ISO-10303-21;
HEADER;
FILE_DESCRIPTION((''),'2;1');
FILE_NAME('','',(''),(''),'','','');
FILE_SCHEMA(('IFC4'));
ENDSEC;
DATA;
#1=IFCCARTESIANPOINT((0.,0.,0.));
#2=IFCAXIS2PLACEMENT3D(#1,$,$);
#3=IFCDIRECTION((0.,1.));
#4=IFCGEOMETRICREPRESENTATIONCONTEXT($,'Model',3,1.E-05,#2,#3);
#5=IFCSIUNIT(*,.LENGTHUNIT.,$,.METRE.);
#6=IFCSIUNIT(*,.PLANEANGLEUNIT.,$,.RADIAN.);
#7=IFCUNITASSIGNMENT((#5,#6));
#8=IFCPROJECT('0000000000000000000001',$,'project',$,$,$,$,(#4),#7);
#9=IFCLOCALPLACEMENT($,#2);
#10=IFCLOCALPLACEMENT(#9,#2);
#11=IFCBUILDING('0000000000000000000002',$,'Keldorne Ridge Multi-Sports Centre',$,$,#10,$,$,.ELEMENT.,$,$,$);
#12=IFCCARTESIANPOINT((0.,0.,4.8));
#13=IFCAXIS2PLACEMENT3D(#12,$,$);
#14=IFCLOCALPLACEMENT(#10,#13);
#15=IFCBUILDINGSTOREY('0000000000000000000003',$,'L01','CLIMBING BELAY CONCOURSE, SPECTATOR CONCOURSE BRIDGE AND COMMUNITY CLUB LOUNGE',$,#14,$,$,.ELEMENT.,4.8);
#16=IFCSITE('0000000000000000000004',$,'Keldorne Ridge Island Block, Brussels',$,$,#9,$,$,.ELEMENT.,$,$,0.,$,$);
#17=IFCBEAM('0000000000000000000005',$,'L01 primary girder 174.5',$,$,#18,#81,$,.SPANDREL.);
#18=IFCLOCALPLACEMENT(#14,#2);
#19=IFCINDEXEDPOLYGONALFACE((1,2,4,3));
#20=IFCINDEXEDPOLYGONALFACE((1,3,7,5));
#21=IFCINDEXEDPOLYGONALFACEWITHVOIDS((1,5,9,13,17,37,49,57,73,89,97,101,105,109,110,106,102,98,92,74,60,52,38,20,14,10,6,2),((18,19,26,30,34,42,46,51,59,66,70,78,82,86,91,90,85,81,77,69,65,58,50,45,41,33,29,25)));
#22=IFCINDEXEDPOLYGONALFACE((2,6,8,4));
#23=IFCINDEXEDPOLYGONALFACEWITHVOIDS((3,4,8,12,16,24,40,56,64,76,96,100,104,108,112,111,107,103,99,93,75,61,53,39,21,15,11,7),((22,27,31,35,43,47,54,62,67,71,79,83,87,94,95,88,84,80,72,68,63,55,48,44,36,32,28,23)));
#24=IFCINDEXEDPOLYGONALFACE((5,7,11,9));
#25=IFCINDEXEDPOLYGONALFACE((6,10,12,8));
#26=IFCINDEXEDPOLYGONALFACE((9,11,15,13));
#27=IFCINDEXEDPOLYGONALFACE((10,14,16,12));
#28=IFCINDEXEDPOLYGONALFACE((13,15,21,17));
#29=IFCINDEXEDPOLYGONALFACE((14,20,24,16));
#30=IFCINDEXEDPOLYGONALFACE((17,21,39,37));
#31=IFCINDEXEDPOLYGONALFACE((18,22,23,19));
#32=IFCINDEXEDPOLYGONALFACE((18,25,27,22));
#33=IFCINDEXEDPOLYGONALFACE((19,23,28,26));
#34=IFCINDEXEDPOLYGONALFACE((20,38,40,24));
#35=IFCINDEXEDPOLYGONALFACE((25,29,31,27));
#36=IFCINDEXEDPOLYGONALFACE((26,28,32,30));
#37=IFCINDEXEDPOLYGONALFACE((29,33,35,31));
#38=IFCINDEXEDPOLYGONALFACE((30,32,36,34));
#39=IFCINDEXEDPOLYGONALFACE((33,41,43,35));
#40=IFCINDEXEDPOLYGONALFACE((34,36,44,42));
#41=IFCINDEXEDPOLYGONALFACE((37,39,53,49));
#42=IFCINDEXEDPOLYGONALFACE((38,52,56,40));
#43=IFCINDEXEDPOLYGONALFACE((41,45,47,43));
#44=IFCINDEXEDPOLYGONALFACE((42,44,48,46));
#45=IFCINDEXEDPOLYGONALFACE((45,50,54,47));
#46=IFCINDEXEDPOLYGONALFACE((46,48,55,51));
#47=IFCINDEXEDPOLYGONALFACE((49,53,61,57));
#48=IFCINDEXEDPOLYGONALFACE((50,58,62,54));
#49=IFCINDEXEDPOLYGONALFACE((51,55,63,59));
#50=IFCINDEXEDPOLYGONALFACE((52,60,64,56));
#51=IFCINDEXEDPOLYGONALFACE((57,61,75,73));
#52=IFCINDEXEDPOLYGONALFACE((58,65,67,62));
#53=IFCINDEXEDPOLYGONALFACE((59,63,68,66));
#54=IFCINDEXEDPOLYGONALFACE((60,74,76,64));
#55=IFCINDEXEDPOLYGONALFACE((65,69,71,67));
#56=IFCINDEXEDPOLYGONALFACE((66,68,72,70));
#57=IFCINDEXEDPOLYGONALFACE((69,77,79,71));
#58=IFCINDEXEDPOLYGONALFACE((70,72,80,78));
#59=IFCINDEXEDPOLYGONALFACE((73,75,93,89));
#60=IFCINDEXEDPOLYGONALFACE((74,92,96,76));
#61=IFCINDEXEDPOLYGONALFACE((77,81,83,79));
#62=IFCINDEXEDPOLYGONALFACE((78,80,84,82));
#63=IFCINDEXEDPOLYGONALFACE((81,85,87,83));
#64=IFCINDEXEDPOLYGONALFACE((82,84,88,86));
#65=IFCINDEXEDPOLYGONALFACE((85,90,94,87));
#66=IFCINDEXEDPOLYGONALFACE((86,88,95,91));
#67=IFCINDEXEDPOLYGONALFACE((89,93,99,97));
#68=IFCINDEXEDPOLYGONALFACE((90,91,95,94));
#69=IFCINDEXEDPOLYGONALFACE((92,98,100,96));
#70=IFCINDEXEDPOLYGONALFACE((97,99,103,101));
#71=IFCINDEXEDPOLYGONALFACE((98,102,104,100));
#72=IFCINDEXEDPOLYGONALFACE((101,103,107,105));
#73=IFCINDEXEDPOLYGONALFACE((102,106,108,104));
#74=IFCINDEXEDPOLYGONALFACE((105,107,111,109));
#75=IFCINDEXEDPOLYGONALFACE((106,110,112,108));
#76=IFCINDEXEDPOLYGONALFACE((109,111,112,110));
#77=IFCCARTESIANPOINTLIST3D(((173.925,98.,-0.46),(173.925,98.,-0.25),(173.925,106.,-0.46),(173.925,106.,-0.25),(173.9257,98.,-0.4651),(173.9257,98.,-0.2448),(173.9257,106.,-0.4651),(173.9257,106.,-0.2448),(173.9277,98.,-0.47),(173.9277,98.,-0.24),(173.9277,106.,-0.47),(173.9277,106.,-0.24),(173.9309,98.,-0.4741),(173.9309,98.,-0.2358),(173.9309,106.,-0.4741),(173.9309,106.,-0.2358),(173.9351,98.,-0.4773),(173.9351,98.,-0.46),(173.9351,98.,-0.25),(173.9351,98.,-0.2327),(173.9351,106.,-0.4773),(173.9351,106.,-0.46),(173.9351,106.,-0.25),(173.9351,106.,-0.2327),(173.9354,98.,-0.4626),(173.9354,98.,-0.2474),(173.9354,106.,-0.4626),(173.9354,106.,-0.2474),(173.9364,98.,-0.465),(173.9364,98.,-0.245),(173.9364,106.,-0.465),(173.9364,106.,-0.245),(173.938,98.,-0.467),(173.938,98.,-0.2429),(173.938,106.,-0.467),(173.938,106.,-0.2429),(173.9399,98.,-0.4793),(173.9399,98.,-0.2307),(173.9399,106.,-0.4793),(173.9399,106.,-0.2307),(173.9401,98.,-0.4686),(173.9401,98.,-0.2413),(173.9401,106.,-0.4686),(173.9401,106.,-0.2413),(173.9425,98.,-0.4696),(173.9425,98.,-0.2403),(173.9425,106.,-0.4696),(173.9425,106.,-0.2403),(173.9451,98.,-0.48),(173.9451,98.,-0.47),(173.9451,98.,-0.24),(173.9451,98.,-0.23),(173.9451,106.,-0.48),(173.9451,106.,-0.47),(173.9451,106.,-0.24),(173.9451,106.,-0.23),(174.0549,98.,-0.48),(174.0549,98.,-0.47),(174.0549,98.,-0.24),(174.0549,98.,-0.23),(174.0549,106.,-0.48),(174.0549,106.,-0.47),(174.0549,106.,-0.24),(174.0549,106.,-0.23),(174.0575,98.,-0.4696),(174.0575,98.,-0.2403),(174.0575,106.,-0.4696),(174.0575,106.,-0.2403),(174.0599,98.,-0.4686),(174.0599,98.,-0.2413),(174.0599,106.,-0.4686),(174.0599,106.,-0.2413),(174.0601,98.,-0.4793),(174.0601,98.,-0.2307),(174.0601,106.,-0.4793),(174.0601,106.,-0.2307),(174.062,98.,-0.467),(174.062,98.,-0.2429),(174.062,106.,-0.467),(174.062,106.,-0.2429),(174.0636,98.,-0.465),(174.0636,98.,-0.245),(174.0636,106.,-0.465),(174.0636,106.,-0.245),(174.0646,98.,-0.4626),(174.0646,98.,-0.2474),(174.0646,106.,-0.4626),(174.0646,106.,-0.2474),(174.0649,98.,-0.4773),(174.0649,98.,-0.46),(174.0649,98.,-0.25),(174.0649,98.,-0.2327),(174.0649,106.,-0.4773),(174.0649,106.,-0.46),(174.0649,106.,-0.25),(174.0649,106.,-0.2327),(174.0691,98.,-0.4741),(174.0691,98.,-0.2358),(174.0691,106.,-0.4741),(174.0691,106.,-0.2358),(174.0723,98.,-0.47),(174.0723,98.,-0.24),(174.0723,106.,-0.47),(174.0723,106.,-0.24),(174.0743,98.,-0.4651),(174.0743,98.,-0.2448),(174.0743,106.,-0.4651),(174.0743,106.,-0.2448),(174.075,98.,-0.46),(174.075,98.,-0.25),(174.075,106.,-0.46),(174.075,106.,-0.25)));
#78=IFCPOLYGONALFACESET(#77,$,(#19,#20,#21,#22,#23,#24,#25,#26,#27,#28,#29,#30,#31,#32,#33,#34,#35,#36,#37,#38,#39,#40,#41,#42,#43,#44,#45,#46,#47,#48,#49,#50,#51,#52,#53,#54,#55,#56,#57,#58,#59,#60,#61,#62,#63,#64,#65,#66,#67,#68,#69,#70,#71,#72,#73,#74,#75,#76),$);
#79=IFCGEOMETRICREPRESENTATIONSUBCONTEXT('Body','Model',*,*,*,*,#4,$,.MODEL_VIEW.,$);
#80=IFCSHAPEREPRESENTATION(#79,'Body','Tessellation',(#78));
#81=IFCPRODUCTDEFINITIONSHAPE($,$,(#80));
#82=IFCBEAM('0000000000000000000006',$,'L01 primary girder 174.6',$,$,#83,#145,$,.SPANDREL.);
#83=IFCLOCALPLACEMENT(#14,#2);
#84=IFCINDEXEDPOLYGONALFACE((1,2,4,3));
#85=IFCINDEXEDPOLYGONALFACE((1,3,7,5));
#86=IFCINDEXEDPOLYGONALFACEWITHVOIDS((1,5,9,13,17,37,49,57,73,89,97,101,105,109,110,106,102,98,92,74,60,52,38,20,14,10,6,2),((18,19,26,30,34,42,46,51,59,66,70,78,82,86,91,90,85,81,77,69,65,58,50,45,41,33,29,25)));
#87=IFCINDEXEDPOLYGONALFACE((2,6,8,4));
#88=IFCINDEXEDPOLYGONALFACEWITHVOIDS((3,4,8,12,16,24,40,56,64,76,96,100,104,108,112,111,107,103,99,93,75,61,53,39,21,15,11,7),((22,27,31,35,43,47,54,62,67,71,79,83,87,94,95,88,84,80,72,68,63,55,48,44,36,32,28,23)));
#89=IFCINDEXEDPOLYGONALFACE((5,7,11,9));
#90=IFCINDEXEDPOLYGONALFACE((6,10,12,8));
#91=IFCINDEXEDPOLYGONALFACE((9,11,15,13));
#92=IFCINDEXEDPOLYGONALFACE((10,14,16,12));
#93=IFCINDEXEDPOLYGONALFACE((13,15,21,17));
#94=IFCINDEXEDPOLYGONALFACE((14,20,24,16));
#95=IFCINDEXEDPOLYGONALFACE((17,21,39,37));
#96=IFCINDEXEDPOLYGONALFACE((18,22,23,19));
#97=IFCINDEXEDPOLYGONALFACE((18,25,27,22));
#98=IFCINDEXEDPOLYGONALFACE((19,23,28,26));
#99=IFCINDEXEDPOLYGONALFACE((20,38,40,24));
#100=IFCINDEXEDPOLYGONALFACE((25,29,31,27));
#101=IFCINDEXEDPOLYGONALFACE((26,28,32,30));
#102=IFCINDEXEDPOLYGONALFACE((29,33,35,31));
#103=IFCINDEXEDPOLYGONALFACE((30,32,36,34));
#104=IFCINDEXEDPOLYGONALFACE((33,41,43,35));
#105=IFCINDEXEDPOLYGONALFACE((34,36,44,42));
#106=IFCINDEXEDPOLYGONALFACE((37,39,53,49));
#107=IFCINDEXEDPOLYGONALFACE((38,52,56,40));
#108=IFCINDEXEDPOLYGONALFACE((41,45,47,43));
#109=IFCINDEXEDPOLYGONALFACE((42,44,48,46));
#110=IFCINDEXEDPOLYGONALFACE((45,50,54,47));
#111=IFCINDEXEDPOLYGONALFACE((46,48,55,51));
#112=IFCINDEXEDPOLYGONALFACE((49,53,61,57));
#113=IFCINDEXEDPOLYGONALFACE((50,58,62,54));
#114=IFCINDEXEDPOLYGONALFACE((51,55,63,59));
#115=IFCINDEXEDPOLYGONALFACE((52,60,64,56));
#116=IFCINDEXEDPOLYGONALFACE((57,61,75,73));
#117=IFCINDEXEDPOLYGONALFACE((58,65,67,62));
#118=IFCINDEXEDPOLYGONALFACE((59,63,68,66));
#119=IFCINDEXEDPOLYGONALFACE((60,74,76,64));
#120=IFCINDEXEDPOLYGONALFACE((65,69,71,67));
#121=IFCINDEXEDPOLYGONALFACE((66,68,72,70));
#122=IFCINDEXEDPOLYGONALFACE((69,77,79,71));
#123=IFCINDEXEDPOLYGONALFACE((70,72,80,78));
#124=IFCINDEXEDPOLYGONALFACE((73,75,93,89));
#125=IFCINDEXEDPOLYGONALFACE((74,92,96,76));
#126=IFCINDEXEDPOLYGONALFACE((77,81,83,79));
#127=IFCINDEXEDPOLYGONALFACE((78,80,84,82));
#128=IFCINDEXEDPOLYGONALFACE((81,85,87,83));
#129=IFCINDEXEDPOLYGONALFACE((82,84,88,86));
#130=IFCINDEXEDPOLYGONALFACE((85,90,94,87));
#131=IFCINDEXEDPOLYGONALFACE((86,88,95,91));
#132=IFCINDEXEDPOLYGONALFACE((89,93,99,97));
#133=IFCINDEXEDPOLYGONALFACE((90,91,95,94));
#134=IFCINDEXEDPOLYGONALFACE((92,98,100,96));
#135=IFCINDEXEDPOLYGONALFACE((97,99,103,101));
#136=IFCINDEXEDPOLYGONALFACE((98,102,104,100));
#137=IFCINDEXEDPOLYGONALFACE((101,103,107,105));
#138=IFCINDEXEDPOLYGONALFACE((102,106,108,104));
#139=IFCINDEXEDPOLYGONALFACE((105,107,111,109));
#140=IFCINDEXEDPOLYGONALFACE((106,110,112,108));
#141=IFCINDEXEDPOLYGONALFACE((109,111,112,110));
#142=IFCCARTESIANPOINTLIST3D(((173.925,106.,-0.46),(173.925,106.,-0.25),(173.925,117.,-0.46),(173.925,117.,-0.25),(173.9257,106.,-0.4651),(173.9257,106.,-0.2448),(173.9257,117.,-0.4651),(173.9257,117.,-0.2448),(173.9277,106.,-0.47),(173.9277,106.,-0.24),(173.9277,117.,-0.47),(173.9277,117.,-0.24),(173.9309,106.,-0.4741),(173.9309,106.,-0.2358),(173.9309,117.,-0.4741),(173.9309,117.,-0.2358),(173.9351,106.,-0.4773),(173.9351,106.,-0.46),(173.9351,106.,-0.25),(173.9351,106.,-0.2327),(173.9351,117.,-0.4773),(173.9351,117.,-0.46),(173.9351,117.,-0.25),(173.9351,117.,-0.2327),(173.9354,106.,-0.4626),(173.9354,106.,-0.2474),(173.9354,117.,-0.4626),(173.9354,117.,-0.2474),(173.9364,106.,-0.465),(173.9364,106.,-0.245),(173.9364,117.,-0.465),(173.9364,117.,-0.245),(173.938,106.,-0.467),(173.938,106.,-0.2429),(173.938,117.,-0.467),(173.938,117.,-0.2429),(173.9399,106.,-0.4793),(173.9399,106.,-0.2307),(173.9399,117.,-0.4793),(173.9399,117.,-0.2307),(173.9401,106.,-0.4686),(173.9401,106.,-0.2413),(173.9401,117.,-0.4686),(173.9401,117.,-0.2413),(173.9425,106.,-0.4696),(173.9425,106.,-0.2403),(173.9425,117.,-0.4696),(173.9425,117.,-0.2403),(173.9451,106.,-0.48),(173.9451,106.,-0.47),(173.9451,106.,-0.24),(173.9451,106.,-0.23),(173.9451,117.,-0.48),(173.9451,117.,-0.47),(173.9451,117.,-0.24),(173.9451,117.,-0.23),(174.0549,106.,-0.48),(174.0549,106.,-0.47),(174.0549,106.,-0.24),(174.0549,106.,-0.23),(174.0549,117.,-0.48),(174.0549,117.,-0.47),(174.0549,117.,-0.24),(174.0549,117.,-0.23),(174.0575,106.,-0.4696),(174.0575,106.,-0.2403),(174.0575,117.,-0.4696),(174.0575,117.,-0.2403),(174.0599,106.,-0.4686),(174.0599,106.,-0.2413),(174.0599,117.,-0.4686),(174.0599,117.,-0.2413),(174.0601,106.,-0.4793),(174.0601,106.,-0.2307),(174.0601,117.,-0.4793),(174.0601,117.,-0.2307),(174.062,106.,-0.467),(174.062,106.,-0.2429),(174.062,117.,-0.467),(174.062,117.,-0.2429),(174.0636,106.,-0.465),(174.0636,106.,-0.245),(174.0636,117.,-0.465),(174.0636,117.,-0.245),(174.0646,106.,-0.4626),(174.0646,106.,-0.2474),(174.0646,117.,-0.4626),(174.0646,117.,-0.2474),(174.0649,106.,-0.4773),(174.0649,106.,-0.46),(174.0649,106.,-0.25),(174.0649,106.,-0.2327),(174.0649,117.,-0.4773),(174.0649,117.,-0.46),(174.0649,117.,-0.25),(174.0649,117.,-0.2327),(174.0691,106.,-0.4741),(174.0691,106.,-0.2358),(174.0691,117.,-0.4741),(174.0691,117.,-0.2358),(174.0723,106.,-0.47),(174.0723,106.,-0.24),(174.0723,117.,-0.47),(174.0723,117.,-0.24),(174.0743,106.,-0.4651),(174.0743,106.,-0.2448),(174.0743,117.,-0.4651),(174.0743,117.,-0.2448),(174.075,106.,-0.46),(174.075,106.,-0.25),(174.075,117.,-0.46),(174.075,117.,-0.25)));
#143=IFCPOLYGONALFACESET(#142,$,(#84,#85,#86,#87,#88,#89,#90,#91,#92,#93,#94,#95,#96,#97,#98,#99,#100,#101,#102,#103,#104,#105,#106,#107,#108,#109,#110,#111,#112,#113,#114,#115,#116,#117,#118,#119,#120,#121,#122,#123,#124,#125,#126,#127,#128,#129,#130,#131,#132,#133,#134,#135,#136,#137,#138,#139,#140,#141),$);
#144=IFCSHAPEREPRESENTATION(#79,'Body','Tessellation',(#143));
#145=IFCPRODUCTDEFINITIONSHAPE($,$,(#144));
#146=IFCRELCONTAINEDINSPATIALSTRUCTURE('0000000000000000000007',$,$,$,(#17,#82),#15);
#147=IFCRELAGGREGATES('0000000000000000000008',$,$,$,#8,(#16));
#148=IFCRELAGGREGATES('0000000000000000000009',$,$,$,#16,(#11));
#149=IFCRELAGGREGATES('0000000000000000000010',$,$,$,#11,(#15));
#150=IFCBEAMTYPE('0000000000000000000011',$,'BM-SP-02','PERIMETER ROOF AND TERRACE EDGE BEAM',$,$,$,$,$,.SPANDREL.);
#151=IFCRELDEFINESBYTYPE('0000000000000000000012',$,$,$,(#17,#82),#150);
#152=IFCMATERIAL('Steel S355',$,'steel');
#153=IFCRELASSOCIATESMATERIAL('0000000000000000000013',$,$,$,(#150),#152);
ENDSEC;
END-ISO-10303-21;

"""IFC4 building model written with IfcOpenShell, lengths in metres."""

from ifc_helpers import new_model, si_unit, direction, frame, origin, origin_2d, place, context, subcontext, project, spatial, hollow_rectangle, extrude, material, material_profile, profile_set, type_object, element, save


model = new_model("IFC4")

# Units and contexts
model_context = context("Model", 3, precision=1e-05, world=origin(), true_north=direction((0.0, 1.0)))
body_context = subcontext(model_context, "Body", "Model", "MODEL_VIEW")
ifc_project = project(units=[si_unit("LENGTHUNIT", "METRE"), si_unit("PLANEANGLEUNIT", "RADIAN")], contexts=[model_context])

# Site, building, storey
site_placement = place(None, origin())
site = spatial("IfcSite", under=ifc_project, at=site_placement, Name="Keldorne Ridge Island Block, Brussels", CompositionType="ELEMENT", RefElevation=0.0)
building_placement = place(site_placement, origin())
building = spatial("IfcBuilding", under=site, at=building_placement, Name="Keldorne Ridge Multi-Sports Centre", CompositionType="ELEMENT")
storey_placement = place(building_placement, frame((0.0, 0.0, 4.8)))
storey = spatial("IfcBuildingStorey", under=building, at=storey_placement, Name="L01", Description="CLIMBING BELAY CONCOURSE, SPECTATOR CONCOURSE BRIDGE AND COMMUNITY CLUB LOUNGE", CompositionType="ELEMENT", Elevation=4.8)

# Shared definitions
ifc_material_1 = material(Name="Steel S355", Category="steel")

# Beams
ifc_material_profile_1 = material_profile(ifc_material_1, hollow_rectangle(XDim=0.1499, YDim=0.25, WallThickness=0.01, InnerFilletRadius=0.01, OuterFilletRadius=0.02, at=origin_2d()), Name="RHS 250x150x10")
ifc_profile_set_1 = profile_set([ifc_material_profile_1], Name="Steel S355")
beam_type_1 = type_object("IfcBeamType", Name="BM-SP-02", Description="PERIMETER ROOF AND TERRACE EDGE BEAM", PredefinedType="SPANDREL", material=ifc_profile_set_1)
beam_1_placement = place(storey_placement, frame((174.0, 98.0, -0.355), z_axis=(0.0, 1.0, 0.0), x_axis=(-1.0, 0.0, 0.0)))
element("IfcBeam", 1, at=beam_1_placement, inside=storey, type_object=beam_type_1, Name="L01 primary girder 174.5", PredefinedType="SPANDREL", context=body_context, shape_type="SweptSolid", body=[
    extrude(hollow_rectangle(XDim=0.1499, YDim=0.25, WallThickness=0.01, InnerFilletRadius=0.01, OuterFilletRadius=0.02, at=origin_2d()), origin(), (0.0, 0.0, 1.0), 8.0),
])
beam_2_placement = place(storey_placement, frame((174.0, 106.0, -0.355), z_axis=(0.0, 1.0, 0.0), x_axis=(-1.0, 0.0, 0.0)))
element("IfcBeam", 2, at=beam_2_placement, inside=storey, type_object=beam_type_1, Name="L01 primary girder 174.6", PredefinedType="SPANDREL", context=body_context, shape_type="SweptSolid", body=[
    extrude(hollow_rectangle(XDim=0.1499, YDim=0.25, WallThickness=0.01, InnerFilletRadius=0.01, OuterFilletRadius=0.02, at=origin_2d()), origin(), (0.0, 0.0, 1.0), 11.0),
])

save(model, "model.ifc")
